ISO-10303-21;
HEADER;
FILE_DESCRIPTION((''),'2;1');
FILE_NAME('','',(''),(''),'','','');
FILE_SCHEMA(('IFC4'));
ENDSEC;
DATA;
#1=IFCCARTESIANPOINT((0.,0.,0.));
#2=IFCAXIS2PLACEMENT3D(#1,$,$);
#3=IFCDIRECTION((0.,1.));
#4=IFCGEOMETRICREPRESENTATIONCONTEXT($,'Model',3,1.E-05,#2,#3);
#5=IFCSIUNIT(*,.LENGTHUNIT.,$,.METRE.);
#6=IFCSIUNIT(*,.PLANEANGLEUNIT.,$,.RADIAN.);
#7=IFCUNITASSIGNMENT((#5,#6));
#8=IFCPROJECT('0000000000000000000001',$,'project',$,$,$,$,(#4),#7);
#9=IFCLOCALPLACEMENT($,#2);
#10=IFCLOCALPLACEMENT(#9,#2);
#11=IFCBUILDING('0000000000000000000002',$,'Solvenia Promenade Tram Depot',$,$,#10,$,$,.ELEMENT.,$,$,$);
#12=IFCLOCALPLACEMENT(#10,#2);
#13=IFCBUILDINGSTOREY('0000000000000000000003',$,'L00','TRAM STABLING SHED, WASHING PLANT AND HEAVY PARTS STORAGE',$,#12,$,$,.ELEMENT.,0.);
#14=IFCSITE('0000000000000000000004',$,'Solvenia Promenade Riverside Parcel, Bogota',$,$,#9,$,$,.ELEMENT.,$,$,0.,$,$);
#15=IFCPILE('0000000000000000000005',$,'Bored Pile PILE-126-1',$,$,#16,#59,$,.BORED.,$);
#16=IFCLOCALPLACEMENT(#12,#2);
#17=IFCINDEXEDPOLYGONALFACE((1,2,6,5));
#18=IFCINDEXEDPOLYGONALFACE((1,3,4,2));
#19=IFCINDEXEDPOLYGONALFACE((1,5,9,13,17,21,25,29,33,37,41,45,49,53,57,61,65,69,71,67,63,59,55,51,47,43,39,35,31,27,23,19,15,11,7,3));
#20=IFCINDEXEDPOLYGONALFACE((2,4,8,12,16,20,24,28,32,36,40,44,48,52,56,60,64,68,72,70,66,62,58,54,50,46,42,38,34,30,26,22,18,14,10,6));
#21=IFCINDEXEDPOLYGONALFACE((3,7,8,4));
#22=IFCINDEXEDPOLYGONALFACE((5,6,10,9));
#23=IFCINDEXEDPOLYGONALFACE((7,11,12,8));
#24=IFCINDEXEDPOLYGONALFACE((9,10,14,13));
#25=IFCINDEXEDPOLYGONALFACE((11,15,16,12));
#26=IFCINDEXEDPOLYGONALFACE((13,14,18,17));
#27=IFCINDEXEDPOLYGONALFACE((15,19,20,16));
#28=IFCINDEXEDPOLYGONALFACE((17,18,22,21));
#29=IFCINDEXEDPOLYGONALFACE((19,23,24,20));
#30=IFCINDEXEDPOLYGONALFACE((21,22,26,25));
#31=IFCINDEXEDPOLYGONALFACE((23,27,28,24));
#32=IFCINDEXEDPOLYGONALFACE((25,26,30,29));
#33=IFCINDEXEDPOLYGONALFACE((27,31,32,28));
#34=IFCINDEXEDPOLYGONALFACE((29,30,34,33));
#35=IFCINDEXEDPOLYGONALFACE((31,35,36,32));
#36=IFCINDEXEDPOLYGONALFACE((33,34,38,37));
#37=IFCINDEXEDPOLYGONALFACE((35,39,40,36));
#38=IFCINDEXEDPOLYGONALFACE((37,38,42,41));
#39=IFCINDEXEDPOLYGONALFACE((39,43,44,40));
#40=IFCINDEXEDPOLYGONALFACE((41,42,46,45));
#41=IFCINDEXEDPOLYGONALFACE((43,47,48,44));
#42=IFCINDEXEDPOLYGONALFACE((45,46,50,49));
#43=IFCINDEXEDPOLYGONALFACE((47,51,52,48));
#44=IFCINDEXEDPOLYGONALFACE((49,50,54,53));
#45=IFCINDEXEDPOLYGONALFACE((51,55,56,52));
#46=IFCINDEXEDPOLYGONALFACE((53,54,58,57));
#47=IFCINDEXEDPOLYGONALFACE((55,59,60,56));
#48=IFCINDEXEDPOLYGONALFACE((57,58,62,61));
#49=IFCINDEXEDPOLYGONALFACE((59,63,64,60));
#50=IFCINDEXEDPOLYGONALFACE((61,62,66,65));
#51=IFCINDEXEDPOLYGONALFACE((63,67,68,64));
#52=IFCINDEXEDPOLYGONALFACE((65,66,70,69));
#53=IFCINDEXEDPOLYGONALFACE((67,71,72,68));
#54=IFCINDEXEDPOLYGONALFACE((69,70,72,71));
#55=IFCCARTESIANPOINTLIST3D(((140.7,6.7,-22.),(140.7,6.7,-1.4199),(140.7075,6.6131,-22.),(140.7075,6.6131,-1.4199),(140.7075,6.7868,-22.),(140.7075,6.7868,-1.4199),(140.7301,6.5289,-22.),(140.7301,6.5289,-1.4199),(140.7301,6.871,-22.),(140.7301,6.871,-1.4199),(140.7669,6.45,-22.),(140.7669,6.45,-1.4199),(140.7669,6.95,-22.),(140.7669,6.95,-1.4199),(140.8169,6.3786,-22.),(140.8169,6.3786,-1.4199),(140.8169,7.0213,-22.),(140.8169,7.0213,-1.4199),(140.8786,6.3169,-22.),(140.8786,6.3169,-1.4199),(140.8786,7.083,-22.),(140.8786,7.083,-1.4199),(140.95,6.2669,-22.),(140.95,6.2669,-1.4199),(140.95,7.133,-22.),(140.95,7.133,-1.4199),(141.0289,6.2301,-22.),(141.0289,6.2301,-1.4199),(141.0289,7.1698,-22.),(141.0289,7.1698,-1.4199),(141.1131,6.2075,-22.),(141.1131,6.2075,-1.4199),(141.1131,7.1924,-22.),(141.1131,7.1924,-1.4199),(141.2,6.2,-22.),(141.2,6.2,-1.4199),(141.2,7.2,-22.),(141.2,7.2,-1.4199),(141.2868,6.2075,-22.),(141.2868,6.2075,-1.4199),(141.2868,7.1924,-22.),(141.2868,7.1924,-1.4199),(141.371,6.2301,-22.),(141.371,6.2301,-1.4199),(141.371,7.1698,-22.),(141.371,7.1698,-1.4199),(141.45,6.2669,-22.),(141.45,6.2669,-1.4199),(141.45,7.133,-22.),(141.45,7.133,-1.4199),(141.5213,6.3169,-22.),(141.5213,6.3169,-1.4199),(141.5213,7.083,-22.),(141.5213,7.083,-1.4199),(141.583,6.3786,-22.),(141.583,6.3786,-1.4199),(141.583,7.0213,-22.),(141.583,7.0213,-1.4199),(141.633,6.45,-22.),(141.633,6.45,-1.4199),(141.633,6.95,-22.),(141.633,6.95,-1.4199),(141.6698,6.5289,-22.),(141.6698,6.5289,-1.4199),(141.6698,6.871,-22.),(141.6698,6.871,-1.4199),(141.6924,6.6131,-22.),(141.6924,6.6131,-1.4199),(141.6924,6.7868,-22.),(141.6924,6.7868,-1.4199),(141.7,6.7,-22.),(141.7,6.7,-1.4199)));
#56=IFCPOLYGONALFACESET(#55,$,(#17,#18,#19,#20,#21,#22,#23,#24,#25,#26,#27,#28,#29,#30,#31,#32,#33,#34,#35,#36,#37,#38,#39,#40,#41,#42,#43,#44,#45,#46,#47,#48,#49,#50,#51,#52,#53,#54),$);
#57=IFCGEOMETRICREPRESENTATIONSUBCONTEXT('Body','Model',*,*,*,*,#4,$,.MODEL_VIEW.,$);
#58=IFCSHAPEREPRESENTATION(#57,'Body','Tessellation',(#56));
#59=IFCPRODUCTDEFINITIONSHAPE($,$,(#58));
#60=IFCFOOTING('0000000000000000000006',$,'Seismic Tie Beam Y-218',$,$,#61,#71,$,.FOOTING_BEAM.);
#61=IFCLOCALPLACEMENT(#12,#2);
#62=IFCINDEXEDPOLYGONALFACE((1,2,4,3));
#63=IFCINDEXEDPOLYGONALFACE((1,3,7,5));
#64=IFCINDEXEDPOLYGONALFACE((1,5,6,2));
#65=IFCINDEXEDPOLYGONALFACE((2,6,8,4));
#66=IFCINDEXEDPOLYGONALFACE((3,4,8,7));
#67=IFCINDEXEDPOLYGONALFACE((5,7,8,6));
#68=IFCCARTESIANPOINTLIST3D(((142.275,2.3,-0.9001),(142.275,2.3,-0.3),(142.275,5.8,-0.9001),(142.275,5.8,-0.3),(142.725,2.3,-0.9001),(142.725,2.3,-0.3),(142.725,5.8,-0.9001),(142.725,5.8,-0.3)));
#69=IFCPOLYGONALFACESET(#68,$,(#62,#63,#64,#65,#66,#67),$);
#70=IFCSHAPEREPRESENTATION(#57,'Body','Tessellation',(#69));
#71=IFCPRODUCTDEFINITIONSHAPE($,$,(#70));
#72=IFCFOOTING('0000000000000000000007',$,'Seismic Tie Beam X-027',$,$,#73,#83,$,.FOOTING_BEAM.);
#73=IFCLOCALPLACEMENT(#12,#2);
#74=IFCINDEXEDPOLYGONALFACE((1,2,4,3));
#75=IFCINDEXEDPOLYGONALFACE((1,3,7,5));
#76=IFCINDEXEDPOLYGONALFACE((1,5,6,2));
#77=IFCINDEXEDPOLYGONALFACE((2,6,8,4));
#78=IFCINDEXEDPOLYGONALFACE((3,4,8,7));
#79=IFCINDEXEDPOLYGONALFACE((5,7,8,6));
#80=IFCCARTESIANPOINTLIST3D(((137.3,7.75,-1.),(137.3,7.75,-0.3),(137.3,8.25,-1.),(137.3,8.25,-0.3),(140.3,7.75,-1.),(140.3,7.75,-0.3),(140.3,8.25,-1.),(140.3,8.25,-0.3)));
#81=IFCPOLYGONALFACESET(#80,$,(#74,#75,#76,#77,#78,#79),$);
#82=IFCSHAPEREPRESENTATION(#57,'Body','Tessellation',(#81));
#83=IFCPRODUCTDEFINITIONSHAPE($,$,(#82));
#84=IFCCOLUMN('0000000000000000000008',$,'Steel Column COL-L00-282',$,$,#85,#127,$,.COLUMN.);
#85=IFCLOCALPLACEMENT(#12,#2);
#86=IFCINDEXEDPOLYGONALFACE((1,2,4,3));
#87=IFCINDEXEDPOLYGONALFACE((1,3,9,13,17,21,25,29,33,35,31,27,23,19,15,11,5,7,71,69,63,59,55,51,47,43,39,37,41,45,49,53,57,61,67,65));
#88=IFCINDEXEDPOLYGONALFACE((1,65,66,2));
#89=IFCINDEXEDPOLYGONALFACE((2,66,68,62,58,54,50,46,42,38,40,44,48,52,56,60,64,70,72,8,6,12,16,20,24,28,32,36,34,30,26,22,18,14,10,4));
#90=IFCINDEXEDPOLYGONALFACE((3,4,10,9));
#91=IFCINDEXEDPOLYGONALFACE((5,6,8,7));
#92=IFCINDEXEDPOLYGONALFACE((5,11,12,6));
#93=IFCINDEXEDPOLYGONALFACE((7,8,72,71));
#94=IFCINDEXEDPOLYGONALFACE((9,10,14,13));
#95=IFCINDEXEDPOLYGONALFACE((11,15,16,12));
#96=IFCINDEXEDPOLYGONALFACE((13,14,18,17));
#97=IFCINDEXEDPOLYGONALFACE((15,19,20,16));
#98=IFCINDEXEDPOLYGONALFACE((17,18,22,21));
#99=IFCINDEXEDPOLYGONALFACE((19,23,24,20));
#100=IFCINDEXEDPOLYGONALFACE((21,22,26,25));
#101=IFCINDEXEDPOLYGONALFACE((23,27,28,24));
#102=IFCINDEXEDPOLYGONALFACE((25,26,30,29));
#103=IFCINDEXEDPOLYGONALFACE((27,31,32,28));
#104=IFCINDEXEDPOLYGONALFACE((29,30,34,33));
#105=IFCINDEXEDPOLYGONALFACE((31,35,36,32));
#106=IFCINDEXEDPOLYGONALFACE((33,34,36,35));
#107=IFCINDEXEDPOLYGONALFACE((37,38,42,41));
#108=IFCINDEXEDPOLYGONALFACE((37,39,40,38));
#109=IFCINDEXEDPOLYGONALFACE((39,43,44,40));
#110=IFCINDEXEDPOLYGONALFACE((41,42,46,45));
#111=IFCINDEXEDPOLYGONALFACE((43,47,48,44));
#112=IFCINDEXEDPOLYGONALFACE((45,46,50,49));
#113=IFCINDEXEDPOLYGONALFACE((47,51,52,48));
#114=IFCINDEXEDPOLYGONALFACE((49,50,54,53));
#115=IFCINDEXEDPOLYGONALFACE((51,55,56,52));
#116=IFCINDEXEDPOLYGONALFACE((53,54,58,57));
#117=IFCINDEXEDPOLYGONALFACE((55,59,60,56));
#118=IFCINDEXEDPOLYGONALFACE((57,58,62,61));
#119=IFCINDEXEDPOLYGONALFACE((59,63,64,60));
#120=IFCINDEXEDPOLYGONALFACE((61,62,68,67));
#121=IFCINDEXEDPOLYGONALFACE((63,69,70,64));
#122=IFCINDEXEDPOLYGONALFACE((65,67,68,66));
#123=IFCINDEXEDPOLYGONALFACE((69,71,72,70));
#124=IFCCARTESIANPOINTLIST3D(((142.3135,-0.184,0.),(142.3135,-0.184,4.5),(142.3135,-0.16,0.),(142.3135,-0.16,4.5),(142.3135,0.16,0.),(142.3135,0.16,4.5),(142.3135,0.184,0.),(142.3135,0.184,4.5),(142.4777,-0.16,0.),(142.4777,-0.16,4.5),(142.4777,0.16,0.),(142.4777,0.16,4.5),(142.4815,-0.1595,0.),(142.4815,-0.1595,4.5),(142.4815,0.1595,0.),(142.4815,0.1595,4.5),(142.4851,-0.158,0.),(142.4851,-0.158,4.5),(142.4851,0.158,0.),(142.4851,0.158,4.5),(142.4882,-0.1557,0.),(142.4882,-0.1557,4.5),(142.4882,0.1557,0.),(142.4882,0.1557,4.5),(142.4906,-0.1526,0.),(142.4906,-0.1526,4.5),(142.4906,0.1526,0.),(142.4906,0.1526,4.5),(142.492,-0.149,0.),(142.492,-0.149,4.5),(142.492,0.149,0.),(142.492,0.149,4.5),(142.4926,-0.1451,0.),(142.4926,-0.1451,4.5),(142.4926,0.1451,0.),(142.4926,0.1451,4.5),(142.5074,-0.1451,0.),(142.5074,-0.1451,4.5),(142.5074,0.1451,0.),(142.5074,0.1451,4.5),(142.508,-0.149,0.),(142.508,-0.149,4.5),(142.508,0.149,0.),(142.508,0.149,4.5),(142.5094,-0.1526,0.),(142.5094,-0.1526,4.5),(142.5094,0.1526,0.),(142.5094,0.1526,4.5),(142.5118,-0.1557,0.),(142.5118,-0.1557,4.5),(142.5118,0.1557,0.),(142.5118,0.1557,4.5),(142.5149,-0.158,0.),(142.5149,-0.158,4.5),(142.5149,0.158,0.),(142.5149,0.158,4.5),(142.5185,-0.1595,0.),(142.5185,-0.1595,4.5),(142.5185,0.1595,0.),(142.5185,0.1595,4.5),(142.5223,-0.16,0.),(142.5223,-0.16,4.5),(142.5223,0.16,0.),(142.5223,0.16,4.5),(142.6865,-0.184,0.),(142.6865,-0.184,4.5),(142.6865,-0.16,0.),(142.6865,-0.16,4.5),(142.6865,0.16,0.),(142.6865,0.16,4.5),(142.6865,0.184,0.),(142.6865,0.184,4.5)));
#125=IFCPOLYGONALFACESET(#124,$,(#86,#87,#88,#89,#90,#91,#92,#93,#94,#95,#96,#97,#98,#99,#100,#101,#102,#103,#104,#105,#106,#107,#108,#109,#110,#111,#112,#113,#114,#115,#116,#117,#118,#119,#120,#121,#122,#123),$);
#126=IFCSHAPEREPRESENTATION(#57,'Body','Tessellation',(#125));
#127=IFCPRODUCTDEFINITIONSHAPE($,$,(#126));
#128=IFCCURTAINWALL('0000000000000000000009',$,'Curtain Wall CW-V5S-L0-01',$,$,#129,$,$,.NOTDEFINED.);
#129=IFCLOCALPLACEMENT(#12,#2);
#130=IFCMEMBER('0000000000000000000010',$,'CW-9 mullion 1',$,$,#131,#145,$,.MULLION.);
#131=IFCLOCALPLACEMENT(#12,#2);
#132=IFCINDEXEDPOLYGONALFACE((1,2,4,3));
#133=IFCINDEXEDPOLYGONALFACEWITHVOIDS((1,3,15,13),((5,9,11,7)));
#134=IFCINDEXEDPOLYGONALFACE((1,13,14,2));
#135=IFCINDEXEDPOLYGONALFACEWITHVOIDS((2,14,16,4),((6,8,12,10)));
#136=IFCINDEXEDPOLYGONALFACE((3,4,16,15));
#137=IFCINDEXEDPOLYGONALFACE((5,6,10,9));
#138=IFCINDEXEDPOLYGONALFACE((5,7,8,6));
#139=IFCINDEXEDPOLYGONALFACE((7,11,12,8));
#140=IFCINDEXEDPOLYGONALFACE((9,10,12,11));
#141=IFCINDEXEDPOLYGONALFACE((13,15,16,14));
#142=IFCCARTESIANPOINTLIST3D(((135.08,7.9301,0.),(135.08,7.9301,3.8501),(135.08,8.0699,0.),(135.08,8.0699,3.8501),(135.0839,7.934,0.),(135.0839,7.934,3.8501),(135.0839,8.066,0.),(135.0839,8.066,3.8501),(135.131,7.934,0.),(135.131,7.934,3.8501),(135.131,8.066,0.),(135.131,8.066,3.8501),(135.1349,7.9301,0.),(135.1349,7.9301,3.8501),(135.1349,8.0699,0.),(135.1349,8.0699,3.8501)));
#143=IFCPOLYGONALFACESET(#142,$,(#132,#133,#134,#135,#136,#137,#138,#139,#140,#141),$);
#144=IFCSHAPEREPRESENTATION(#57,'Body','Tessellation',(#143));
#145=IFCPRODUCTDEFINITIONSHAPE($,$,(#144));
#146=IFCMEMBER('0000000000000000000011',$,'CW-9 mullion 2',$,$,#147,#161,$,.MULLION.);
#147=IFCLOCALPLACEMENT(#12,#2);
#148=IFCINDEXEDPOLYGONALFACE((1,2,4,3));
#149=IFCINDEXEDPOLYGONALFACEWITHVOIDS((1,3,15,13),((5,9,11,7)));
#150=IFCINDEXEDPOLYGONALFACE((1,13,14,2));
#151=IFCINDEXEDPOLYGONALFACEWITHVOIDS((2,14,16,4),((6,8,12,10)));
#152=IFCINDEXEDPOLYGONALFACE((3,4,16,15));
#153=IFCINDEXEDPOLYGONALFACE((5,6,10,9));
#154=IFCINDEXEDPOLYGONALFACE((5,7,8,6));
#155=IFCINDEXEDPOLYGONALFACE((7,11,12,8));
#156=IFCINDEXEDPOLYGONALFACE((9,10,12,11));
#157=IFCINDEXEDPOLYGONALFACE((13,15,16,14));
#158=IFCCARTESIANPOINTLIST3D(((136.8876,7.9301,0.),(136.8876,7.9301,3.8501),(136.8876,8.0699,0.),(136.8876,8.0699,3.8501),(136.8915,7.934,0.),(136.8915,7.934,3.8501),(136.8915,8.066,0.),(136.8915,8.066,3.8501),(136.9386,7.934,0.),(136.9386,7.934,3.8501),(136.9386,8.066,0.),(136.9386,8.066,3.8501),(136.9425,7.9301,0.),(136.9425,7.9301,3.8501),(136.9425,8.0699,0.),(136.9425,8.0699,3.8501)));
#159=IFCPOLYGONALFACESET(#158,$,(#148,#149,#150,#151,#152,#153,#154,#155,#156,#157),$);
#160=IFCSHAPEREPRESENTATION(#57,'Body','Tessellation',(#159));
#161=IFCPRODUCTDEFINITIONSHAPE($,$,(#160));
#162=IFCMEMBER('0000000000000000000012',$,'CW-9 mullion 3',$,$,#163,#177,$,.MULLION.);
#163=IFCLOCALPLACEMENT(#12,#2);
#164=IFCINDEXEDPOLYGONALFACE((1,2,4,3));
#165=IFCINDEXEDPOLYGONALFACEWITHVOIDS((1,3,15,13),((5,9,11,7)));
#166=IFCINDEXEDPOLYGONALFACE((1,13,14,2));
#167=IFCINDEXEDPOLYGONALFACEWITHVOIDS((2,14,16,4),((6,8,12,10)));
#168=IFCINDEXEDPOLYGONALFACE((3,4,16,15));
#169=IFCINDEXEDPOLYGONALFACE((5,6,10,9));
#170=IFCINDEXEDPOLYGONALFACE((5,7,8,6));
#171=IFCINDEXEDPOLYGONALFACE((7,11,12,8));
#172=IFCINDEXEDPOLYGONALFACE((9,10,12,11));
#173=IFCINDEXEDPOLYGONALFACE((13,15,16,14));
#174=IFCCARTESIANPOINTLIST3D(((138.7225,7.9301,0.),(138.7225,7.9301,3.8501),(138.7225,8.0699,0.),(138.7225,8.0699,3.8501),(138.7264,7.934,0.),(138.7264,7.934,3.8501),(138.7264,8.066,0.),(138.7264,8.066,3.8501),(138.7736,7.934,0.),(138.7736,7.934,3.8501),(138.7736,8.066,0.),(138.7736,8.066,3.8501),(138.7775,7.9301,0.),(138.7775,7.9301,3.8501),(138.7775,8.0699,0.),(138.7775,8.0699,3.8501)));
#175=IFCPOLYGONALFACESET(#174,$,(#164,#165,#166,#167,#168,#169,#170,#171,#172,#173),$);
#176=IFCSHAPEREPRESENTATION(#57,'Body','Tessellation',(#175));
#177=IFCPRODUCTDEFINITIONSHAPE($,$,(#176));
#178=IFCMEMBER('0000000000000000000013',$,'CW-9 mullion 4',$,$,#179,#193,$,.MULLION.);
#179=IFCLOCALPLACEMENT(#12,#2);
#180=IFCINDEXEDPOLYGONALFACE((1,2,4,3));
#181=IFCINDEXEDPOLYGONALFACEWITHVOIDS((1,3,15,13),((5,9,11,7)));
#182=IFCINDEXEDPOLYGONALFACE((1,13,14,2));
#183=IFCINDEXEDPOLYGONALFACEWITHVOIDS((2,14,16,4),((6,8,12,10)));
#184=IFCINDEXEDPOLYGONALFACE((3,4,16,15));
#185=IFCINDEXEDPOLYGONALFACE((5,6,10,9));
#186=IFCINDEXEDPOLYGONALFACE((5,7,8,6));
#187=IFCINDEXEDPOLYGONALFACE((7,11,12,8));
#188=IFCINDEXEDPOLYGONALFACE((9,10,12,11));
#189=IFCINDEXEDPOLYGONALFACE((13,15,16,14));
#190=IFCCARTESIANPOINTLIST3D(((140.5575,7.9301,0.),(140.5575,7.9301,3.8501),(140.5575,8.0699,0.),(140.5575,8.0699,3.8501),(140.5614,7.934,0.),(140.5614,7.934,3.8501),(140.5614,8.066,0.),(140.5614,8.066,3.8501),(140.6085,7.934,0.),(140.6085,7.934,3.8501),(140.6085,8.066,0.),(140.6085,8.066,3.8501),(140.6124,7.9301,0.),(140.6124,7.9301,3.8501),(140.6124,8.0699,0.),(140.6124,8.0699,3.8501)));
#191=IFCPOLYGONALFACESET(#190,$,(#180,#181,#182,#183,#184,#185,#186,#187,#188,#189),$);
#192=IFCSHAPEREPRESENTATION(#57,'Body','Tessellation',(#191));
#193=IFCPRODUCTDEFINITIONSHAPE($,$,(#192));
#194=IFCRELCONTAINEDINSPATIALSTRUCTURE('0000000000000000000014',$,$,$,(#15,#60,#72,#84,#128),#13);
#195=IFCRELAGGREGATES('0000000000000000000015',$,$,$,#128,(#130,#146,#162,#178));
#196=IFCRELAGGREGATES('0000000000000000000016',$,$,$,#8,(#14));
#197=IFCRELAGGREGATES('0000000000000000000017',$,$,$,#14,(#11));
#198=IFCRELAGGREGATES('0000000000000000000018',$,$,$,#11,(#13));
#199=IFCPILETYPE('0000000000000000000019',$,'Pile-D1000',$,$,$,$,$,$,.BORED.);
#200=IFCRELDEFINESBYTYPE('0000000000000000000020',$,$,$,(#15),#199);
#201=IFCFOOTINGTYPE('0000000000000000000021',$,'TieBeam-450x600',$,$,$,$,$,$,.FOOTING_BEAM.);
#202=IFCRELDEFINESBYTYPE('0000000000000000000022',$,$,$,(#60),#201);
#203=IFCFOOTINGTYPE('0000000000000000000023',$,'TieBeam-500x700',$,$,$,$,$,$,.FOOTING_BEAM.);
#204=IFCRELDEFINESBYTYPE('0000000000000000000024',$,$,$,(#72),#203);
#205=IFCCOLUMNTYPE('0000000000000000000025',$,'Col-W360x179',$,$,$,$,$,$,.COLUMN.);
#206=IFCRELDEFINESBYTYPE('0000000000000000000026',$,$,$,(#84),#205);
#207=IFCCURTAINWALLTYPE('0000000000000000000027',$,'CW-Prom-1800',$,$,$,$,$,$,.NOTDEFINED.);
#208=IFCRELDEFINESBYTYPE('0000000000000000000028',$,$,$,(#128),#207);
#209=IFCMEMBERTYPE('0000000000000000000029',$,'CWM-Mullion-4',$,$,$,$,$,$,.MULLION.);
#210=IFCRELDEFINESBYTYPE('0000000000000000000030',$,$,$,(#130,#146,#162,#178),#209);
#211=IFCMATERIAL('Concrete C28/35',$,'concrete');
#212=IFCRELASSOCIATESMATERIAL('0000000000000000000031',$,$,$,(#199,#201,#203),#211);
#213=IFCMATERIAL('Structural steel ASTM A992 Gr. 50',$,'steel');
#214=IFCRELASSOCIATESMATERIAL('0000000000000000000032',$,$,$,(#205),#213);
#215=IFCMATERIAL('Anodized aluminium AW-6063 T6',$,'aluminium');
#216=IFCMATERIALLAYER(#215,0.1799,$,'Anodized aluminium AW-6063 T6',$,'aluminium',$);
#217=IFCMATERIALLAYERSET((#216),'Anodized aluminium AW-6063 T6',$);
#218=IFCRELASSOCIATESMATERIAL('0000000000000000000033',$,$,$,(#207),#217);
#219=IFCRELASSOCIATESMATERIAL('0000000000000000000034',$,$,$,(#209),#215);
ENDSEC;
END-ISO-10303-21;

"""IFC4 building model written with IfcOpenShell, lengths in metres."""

from ifc_helpers import new_model, si_unit, direction, frame, origin, origin_2d, place, context, subcontext, project, spatial, rectangle, hollow_rectangle, circle, i_section, extrude, material, layer, layer_set, material_profile, profile_set, type_object, element, aggregate, save


model = new_model("IFC4")

# Units and contexts
model_context = context("Model", 3, precision=1e-05, world=origin(), true_north=direction((0.0, 1.0)))
body_context = subcontext(model_context, "Body", "Model", "MODEL_VIEW")
ifc_project = project(units=[si_unit("LENGTHUNIT", "METRE"), si_unit("PLANEANGLEUNIT", "RADIAN")], contexts=[model_context])

# Site, building, storey
site_placement = place(None, origin())
site = spatial("IfcSite", under=ifc_project, at=site_placement, Name="Solvenia Promenade Riverside Parcel, Bogota", CompositionType="ELEMENT", RefElevation=0.0)
building_placement = place(site_placement, origin())
building = spatial("IfcBuilding", under=site, at=building_placement, Name="Solvenia Promenade Tram Depot", CompositionType="ELEMENT")
storey_placement = place(building_placement, origin())
storey = spatial("IfcBuildingStorey", under=building, at=storey_placement, Name="L00", Description="TRAM STABLING SHED, WASHING PLANT AND HEAVY PARTS STORAGE", CompositionType="ELEMENT", Elevation=0.0)

# Shared definitions
ifc_material_1 = material(Name="Concrete C28/35", Category="concrete")

# Pile
ifc_material_profile_1 = material_profile(ifc_material_1, circle(Radius=0.5, at=origin_2d()), Name="D1000", Category="concrete")
ifc_profile_set_1 = profile_set([ifc_material_profile_1], Name="Concrete C28/35")
pile_type = type_object("IfcPileType", Name="Pile-D1000", PredefinedType="BORED", material=ifc_profile_set_1)
pile_placement = place(storey_placement, frame((141.2, 6.7, -1.4199), z_axis=(0.0, 0.0, -1.0), x_axis=(1.0, 0.0, 0.0)))
element("IfcPile", 1, at=pile_placement, inside=storey, type_object=pile_type, Name="Bored Pile PILE-126-1", PredefinedType="BORED", context=body_context, shape_type="SweptSolid", body=[
    extrude(circle(Radius=0.5, at=origin_2d()), origin(), (0.0, 0.0, 1.0), 20.5801),
])

# Footings
footing_type_1 = type_object("IfcFootingType", Name="TieBeam-450x600", PredefinedType="FOOTING_BEAM", material=ifc_material_1)
footing_1_placement = place(storey_placement, frame((142.5, 4.05, -0.9001), z_axis=(0.0, 0.0, 1.0), x_axis=(1.0, 0.0, 0.0)))
element("IfcFooting", 2, at=footing_1_placement, inside=storey, type_object=footing_type_1, Name="Seismic Tie Beam Y-218", PredefinedType="FOOTING_BEAM", context=body_context, shape_type="SweptSolid", body=[
    extrude(rectangle(XDim=0.45, YDim=3.5, at=origin_2d()), origin(), (0.0, 0.0, 1.0), 0.6001),
])
footing_type_2 = type_object("IfcFootingType", Name="TieBeam-500x700", PredefinedType="FOOTING_BEAM", material=ifc_material_1)
footing_2_placement = place(storey_placement, frame((138.8, 8.0, -1.0), z_axis=(0.0, 0.0, 1.0), x_axis=(1.0, 0.0, 0.0)))
element("IfcFooting", 3, at=footing_2_placement, inside=storey, type_object=footing_type_2, Name="Seismic Tie Beam X-027", PredefinedType="FOOTING_BEAM", context=body_context, shape_type="SweptSolid", body=[
    extrude(rectangle(XDim=3.0, YDim=0.5, at=origin_2d()), origin(), (0.0, 0.0, 1.0), 0.7),
])

# Column
ifc_material_2 = material(Name="Structural steel ASTM A992 Gr. 50", Category="steel")
ifc_material_profile_2 = material_profile(ifc_material_2, i_section(OverallWidth=0.373, OverallDepth=0.3679, WebThickness=0.0149, FlangeThickness=0.0239, FilletRadius=0.0149, at=origin_2d()), Name="W360x179", Category="steel")
ifc_profile_set_2 = profile_set([ifc_material_profile_2], Name="Structural steel ASTM A992 Gr. 50")
column_type = type_object("IfcColumnType", Name="Col-W360x179", PredefinedType="COLUMN", material=ifc_profile_set_2)
column_placement = place(storey_placement, frame((142.5, 0.0, 0.0), z_axis=(0.0, 0.0, 1.0), x_axis=(1.0, 0.0, 0.0)))
element("IfcColumn", 4, at=column_placement, inside=storey, type_object=column_type, Name="Steel Column COL-L00-282", PredefinedType="COLUMN", context=body_context, shape_type="SweptSolid", body=[
    extrude(i_section(OverallWidth=0.373, OverallDepth=0.3679, WebThickness=0.0149, FlangeThickness=0.0239, FilletRadius=0.0149, at=origin_2d()), origin(), (0.0, 0.0, 1.0), 4.5),
])

# Curtain wall, members
ifc_material_3 = material(Name="Anodized aluminium AW-6063 T6", Category="aluminium")
ifc_layer_1 = layer(ifc_material_3, 0.1799, Name="Anodized aluminium AW-6063 T6", Category="aluminium")
ifc_layer_set_1 = layer_set([ifc_layer_1], Name="Anodized aluminium AW-6063 T6")
curtain_wall_type = type_object("IfcCurtainWallType", Name="CW-Prom-1800", PredefinedType="NOTDEFINED", material=ifc_layer_set_1)
curtain_wall_placement = place(storey_placement, origin())
curtain_wall = element("IfcCurtainWall", 5, at=curtain_wall_placement, inside=storey, type_object=curtain_wall_type, Name="Curtain Wall CW-V5S-L0-01", PredefinedType="NOTDEFINED")
ifc_material_profile_3 = material_profile(ifc_material_3, hollow_rectangle(XDim=0.1399, YDim=0.0549, WallThickness=0.0039, at=origin_2d()), Name="ALU-M4", Category="aluminium")
ifc_profile_set_3 = profile_set([ifc_material_profile_3], Name="Anodized aluminium AW-6063 T6")
member_type_1 = type_object("IfcMemberType", Name="CWM-Mullion-4", PredefinedType="MULLION", material=ifc_profile_set_3)
member_1_placement = place(storey_placement, frame((135.1074, 8.0, 0.0), z_axis=(0.0, 0.0, 1.0), x_axis=(0.0, 1.0, 0.0)))
member_1 = element("IfcMember", 6, at=member_1_placement, type_object=member_type_1, Name="CW-9 mullion 1", PredefinedType="MULLION", context=body_context, shape_type="SweptSolid", body=[
    extrude(hollow_rectangle(XDim=0.1399, YDim=0.0549, WallThickness=0.0039, at=origin_2d()), origin(), (0.0, 0.0, 1.0), 3.8501),
])
member_2_placement = place(storey_placement, frame((136.915, 8.0, 0.0), z_axis=(0.0, 0.0, 1.0), x_axis=(0.0, 1.0, 0.0)))
member_2 = element("IfcMember", 7, at=member_2_placement, type_object=member_type_1, Name="CW-9 mullion 2", PredefinedType="MULLION", context=body_context, shape_type="SweptSolid", body=[
    extrude(hollow_rectangle(XDim=0.1399, YDim=0.0549, WallThickness=0.0039, at=origin_2d()), origin(), (0.0, 0.0, 1.0), 3.8501),
])
member_3_placement = place(storey_placement, frame((138.75, 8.0, 0.0), z_axis=(0.0, 0.0, 1.0), x_axis=(0.0, 1.0, 0.0)))
member_3 = element("IfcMember", 8, at=member_3_placement, type_object=member_type_1, Name="CW-9 mullion 3", PredefinedType="MULLION", context=body_context, shape_type="SweptSolid", body=[
    extrude(hollow_rectangle(XDim=0.1399, YDim=0.0549, WallThickness=0.0039, at=origin_2d()), origin(), (0.0, 0.0, 1.0), 3.8501),
])
member_4_placement = place(storey_placement, frame((140.585, 8.0, 0.0), z_axis=(0.0, 0.0, 1.0), x_axis=(0.0, 1.0, 0.0)))
member_4 = element("IfcMember", 9, at=member_4_placement, type_object=member_type_1, Name="CW-9 mullion 4", PredefinedType="MULLION", context=body_context, shape_type="SweptSolid", body=[
    extrude(hollow_rectangle(XDim=0.1399, YDim=0.0549, WallThickness=0.0039, at=origin_2d()), origin(), (0.0, 0.0, 1.0), 3.8501),
])
aggregate(curtain_wall, [member_1, member_2, member_3, member_4])

save(model, "model.ifc")
